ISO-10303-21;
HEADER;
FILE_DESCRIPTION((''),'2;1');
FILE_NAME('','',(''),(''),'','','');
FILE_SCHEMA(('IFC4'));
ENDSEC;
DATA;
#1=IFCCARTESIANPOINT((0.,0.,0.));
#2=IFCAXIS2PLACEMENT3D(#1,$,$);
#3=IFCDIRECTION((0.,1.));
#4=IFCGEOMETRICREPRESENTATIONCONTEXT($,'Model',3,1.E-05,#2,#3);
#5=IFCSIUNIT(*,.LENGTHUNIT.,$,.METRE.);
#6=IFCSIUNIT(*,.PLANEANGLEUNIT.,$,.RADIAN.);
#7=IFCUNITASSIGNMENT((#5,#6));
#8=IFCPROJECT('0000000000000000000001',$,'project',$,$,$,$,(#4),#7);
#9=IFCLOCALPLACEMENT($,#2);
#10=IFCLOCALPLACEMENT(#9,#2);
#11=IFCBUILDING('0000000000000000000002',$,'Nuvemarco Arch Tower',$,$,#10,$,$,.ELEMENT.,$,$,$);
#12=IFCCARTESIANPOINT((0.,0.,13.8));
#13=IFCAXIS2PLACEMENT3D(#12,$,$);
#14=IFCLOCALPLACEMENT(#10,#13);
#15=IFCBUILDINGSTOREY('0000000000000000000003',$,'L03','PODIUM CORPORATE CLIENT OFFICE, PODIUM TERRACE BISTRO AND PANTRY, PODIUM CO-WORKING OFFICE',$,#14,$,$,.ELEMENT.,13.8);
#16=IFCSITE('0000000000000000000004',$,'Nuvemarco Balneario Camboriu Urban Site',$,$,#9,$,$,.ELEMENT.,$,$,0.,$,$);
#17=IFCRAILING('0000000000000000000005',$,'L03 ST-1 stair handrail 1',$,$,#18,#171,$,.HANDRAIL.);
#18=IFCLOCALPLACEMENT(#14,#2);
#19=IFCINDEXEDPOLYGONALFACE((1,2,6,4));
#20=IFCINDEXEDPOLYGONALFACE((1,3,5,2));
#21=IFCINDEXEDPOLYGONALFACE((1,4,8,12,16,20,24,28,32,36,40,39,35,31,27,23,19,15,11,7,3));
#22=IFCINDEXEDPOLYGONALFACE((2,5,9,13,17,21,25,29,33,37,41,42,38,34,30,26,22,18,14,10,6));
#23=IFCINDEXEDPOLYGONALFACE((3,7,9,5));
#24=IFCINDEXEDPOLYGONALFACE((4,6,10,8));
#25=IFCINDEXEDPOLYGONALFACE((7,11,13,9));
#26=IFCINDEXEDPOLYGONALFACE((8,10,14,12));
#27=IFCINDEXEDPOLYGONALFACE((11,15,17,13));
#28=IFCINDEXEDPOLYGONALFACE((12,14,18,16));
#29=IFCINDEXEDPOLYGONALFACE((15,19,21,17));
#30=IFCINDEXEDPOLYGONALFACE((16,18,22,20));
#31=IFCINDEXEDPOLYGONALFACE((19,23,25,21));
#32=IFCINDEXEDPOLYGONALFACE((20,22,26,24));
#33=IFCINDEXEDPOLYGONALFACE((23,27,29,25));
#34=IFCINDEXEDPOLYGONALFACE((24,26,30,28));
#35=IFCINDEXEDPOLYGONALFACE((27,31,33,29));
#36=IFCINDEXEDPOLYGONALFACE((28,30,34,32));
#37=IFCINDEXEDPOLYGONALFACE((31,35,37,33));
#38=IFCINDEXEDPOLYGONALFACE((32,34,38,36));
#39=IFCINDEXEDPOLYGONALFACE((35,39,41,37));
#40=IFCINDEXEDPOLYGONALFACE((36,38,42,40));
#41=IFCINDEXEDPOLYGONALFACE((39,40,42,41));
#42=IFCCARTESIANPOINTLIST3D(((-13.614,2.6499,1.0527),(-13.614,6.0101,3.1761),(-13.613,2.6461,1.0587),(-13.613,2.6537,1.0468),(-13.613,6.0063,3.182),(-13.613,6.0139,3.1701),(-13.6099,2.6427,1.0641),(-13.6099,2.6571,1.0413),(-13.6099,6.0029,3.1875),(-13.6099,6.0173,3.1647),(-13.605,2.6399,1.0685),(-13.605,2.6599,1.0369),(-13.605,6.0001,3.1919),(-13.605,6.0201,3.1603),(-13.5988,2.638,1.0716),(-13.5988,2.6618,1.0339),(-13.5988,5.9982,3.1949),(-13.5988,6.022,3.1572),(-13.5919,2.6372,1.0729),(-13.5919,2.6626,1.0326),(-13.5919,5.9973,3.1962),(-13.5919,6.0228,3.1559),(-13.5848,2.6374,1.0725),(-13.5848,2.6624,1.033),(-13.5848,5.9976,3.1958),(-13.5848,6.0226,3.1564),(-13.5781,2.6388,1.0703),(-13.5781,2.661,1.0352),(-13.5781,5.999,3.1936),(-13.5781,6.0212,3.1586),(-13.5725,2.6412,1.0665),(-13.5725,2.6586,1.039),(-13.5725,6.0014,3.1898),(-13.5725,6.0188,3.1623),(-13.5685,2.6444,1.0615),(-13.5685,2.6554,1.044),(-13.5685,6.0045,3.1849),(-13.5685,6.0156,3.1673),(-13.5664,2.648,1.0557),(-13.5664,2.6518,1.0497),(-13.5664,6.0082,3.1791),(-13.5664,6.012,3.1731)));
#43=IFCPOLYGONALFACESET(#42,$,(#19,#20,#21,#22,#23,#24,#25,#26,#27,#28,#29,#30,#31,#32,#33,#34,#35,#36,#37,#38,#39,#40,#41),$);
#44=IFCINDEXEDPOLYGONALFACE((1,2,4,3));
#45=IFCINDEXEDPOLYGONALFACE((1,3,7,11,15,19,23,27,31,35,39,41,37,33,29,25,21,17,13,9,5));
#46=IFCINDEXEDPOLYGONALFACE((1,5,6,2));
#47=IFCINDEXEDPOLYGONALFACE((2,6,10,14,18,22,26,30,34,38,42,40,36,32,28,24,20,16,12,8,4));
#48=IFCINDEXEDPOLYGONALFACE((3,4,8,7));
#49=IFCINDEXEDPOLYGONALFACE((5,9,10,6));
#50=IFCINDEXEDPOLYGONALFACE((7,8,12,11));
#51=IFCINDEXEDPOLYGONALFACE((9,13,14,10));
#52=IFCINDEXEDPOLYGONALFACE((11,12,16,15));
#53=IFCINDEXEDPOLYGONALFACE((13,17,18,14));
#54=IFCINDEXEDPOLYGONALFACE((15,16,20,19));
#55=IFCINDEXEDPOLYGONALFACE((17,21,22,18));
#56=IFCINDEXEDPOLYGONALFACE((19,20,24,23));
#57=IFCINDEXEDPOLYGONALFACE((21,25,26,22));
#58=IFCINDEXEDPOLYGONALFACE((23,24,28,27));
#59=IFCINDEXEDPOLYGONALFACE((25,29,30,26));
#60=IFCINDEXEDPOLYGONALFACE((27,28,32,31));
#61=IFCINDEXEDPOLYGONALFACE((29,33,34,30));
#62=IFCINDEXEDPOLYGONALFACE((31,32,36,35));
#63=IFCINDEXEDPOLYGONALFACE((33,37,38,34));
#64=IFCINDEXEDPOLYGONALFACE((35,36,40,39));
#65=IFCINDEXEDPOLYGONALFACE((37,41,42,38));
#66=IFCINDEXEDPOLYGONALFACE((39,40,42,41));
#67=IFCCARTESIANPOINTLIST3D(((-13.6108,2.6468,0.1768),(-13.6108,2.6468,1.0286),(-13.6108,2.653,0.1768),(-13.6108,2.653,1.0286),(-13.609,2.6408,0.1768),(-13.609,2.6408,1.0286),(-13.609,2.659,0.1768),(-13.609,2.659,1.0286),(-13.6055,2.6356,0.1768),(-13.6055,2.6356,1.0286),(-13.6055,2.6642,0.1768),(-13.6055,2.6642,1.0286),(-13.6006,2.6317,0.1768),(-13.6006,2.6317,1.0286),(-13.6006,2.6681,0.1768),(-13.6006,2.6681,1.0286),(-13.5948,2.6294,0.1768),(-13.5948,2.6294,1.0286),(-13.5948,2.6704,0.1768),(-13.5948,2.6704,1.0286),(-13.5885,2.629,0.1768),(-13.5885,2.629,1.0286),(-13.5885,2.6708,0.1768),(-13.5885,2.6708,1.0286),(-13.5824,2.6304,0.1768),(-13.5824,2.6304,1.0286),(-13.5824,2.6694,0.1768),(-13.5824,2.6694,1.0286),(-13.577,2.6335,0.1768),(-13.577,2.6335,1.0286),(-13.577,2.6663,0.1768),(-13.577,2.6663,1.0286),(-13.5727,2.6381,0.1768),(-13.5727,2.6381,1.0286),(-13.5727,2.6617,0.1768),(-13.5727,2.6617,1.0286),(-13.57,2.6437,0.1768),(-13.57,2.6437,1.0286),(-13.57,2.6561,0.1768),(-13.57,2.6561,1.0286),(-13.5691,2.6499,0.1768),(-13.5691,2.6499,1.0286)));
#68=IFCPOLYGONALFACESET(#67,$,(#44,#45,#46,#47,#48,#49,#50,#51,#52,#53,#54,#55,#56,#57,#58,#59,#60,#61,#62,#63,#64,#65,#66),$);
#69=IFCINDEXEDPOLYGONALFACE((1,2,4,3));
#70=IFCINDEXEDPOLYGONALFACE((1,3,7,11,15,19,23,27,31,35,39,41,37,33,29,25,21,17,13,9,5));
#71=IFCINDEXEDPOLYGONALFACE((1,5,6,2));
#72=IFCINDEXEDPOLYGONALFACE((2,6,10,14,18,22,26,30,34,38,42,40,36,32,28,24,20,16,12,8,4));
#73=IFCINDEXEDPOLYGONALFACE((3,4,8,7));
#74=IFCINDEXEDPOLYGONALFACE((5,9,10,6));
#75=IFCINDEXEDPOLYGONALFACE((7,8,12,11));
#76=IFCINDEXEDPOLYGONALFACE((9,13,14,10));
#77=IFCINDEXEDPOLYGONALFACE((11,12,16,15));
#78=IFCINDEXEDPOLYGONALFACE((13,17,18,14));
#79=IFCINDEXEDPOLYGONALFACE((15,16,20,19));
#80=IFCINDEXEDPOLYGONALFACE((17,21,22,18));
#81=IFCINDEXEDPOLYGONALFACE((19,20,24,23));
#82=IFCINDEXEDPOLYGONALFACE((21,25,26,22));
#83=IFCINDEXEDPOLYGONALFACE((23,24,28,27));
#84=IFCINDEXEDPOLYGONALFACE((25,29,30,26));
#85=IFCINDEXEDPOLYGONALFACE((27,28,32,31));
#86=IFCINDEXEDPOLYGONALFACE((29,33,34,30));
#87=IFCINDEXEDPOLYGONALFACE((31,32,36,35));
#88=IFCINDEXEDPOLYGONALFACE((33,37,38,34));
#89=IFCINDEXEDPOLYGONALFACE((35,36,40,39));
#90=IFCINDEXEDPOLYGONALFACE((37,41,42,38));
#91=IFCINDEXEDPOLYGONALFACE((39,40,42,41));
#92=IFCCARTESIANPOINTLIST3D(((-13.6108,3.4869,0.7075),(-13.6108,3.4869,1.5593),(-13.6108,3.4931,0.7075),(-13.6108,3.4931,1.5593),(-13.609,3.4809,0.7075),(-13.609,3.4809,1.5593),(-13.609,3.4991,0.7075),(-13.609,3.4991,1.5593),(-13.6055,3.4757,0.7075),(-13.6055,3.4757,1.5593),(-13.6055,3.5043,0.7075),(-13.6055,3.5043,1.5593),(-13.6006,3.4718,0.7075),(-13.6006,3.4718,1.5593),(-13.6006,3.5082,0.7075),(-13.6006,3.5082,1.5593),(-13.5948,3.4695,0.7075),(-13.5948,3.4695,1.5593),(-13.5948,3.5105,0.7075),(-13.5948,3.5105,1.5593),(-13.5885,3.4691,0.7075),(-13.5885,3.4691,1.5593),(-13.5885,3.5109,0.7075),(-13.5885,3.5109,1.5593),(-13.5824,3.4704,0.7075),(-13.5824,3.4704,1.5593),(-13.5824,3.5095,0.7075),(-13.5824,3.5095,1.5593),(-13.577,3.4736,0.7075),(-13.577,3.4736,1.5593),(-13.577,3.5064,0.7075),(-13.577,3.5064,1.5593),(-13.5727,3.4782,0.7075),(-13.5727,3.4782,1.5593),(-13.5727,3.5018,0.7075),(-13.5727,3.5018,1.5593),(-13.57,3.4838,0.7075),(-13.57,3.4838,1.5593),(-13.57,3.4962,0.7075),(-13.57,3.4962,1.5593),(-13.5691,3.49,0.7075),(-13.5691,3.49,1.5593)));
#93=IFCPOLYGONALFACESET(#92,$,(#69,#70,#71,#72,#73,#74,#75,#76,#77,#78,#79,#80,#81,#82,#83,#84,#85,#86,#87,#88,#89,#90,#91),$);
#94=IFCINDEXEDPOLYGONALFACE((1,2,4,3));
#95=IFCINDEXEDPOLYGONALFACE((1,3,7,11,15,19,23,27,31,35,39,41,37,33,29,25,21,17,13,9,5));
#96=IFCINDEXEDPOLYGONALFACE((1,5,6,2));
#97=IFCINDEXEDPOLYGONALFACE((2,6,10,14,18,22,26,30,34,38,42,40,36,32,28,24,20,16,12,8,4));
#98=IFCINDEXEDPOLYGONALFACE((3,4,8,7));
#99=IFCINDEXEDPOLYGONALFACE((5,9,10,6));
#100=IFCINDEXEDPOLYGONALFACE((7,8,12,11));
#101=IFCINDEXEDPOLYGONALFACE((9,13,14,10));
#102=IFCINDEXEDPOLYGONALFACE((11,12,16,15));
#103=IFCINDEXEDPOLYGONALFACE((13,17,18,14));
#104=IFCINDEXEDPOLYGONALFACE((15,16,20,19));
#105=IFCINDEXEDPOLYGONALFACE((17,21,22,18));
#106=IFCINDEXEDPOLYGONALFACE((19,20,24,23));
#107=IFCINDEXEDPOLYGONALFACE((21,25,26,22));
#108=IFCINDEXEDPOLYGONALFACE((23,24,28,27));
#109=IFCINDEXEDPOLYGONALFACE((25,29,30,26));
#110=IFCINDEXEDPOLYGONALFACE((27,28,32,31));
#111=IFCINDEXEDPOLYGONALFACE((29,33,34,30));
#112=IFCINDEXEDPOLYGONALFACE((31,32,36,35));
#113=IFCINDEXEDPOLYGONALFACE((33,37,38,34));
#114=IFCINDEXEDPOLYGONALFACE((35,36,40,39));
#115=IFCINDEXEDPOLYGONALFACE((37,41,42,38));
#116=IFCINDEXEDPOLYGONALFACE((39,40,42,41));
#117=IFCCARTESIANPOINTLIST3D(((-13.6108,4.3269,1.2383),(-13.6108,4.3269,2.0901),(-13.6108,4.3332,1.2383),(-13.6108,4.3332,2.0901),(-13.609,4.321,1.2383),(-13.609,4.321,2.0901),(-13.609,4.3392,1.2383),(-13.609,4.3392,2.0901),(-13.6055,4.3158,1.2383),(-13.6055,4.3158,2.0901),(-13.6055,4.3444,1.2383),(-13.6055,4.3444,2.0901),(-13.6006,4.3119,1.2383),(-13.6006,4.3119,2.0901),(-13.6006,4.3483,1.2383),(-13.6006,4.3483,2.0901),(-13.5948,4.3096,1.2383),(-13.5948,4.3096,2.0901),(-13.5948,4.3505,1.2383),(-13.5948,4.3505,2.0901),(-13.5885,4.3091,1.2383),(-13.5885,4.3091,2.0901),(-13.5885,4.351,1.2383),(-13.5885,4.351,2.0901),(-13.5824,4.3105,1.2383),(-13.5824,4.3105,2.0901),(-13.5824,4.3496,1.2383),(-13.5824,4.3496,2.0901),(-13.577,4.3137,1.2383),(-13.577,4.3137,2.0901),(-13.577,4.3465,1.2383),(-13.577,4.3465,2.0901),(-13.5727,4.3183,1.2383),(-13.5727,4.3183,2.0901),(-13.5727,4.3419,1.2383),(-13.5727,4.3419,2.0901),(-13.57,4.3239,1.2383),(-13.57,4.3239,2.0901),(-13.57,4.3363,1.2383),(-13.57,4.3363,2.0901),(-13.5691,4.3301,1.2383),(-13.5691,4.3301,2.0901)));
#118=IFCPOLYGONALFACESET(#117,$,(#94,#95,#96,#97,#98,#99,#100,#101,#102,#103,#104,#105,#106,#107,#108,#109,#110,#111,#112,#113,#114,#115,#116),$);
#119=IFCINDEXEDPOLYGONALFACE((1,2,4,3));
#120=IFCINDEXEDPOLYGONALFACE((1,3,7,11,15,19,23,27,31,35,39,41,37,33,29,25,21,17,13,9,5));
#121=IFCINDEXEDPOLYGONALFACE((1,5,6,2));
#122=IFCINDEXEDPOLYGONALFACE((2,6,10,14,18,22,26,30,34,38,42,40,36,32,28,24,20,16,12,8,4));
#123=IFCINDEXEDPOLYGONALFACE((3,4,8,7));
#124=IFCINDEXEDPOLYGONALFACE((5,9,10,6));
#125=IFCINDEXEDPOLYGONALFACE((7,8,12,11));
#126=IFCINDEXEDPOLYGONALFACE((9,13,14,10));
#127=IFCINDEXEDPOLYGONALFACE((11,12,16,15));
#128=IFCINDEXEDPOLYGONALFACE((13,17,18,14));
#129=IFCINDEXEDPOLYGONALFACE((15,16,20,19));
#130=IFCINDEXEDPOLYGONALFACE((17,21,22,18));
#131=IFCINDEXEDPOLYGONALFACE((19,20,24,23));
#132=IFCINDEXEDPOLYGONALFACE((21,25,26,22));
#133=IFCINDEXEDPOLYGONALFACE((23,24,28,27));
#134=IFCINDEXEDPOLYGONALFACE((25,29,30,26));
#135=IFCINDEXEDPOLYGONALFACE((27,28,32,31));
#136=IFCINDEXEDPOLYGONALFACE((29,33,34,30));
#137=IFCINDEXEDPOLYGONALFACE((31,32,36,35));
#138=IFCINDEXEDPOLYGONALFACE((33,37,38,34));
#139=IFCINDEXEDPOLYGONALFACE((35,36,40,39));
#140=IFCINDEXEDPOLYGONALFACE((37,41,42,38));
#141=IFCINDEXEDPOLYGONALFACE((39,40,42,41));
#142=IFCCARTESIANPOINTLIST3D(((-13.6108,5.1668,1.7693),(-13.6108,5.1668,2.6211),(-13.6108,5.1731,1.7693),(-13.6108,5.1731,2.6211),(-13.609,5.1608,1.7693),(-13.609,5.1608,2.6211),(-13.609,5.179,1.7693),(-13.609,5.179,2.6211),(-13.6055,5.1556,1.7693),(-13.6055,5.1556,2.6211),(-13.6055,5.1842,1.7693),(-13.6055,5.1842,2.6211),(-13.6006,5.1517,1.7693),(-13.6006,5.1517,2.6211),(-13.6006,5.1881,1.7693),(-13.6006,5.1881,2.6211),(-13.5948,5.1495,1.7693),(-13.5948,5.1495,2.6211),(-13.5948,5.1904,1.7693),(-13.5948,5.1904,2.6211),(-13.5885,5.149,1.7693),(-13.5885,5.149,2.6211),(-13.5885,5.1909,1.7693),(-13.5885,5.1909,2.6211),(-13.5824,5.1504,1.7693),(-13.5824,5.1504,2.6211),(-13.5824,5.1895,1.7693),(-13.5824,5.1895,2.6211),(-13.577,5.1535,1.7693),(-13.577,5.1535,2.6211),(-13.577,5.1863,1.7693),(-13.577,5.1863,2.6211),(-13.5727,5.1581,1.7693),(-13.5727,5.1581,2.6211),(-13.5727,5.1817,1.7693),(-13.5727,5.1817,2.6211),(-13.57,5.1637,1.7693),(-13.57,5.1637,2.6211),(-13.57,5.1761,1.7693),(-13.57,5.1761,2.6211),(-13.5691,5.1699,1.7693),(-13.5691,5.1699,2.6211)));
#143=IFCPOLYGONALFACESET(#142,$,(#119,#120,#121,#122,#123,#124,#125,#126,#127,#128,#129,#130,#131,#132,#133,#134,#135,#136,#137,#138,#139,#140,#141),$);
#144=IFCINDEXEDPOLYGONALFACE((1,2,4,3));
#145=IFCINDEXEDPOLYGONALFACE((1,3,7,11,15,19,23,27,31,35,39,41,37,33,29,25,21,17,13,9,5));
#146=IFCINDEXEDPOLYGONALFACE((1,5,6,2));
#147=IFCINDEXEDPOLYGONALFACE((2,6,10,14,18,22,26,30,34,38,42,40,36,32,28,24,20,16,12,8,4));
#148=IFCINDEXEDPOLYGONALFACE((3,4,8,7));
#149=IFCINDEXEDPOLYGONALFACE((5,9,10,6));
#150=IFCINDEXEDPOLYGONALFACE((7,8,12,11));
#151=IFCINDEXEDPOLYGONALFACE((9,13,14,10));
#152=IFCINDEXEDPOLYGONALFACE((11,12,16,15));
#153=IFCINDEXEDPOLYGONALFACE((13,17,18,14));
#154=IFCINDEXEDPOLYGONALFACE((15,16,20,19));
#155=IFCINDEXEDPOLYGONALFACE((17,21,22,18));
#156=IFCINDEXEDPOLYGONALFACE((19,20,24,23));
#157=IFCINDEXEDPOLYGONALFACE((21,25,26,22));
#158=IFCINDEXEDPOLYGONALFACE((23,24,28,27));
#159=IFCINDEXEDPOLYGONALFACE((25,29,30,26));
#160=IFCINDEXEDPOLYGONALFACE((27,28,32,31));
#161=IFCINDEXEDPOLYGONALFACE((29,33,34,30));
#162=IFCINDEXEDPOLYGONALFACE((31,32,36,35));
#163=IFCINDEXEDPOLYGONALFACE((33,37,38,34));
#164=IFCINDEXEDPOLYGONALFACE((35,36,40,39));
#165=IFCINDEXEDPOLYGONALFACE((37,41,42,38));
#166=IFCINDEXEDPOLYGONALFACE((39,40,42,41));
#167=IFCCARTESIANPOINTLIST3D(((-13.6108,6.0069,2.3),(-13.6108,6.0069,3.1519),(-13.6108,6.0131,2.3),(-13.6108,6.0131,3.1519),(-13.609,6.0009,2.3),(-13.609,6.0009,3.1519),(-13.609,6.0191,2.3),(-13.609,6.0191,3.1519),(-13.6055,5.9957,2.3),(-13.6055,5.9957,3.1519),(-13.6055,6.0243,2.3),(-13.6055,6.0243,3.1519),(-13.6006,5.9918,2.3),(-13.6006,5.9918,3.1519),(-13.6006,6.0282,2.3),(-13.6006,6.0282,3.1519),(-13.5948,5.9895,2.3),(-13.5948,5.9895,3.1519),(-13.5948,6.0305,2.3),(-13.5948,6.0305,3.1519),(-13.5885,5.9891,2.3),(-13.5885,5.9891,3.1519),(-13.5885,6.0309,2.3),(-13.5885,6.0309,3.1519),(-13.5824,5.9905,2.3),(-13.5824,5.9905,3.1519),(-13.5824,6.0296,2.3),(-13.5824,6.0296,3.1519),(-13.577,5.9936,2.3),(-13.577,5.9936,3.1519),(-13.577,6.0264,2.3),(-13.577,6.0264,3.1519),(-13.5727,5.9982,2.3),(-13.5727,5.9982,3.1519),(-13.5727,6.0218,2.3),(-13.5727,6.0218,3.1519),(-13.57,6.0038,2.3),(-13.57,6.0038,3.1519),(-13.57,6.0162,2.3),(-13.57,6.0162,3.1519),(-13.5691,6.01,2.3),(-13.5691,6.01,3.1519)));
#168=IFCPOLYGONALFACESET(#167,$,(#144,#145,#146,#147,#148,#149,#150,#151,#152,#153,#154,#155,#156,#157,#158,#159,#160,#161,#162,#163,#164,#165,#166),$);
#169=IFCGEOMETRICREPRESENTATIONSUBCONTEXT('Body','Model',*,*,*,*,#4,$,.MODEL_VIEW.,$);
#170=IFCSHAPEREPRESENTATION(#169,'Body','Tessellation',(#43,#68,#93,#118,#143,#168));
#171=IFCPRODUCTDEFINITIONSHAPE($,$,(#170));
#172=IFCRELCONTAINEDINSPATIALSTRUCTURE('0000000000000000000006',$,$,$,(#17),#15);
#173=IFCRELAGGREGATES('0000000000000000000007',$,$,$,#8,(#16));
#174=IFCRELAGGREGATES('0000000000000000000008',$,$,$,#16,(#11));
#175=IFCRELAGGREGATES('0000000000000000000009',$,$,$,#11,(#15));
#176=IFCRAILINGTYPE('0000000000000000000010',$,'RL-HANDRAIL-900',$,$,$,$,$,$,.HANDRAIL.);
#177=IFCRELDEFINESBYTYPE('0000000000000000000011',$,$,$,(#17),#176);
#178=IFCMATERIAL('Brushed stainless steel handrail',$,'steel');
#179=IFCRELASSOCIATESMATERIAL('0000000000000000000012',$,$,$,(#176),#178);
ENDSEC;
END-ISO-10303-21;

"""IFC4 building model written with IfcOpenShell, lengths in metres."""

from ifc_helpers import new_model, si_unit, direction, frame, origin, origin_2d, place, context, subcontext, project, spatial, circle, extrude, material, type_object, element, save


model = new_model("IFC4")

# Units and contexts
model_context = context("Model", 3, precision=1e-05, world=origin(), true_north=direction((0.0, 1.0)))
body_context = subcontext(model_context, "Body", "Model", "MODEL_VIEW")
ifc_project = project(units=[si_unit("LENGTHUNIT", "METRE"), si_unit("PLANEANGLEUNIT", "RADIAN")], contexts=[model_context])

# Site, building, storey
site_placement = place(None, origin())
site = spatial("IfcSite", under=ifc_project, at=site_placement, Name="Nuvemarco Balneario Camboriu Urban Site", CompositionType="ELEMENT", RefElevation=0.0)
building_placement = place(site_placement, origin())
building = spatial("IfcBuilding", under=site, at=building_placement, Name="Nuvemarco Arch Tower", CompositionType="ELEMENT")
storey_placement = place(building_placement, frame((0.0, 0.0, 13.8)))
storey = spatial("IfcBuildingStorey", under=building, at=storey_placement, Name="L03", Description="PODIUM CORPORATE CLIENT OFFICE, PODIUM TERRACE BISTRO AND PANTRY, PODIUM CO-WORKING OFFICE", CompositionType="ELEMENT", Elevation=13.8)

# Railing
ifc_material_1 = material(Name="Brushed stainless steel handrail", Category="steel")
railing_type_1 = type_object("IfcRailingType", Name="RL-HANDRAIL-900", PredefinedType="HANDRAIL", material=ifc_material_1)
railing_1_placement = place(storey_placement, frame((-13.5901, 2.6499, 0.1768)))
element("IfcRailing", 1, at=railing_1_placement, inside=storey, type_object=railing_type_1, Name="L03 ST-1 stair handrail 1", PredefinedType="HANDRAIL", context=body_context, shape_type="SweptSolid", body=[
    extrude(circle(Radius=0.0239, at=origin_2d()), frame((0.0, 0.0, 0.876), z_axis=(0.0, 0.845362, 0.534194), x_axis=(-1.0, 0.0, 0.0)), (0.0, 0.0, 1.0), 3.9749),
    extrude(circle(Radius=0.021, at=origin_2d()), origin(), (0.0, 0.0, 1.0), 0.8518),
    extrude(circle(Radius=0.021, at=origin_2d()), frame((0.0, 0.8401, 0.5308)), (0.0, 0.0, 1.0), 0.8518),
    extrude(circle(Radius=0.021, at=origin_2d()), frame((0.0, 1.6802, 1.0615)), (0.0, 0.0, 1.0), 0.8518),
    extrude(circle(Radius=0.021, at=origin_2d()), frame((0.0, 2.52, 1.5925)), (0.0, 0.0, 1.0), 0.8518),
    extrude(circle(Radius=0.021, at=origin_2d()), frame((0.0, 3.3601, 2.1233)), (0.0, 0.0, 1.0), 0.8518),
])

save(model, "model.ifc")
